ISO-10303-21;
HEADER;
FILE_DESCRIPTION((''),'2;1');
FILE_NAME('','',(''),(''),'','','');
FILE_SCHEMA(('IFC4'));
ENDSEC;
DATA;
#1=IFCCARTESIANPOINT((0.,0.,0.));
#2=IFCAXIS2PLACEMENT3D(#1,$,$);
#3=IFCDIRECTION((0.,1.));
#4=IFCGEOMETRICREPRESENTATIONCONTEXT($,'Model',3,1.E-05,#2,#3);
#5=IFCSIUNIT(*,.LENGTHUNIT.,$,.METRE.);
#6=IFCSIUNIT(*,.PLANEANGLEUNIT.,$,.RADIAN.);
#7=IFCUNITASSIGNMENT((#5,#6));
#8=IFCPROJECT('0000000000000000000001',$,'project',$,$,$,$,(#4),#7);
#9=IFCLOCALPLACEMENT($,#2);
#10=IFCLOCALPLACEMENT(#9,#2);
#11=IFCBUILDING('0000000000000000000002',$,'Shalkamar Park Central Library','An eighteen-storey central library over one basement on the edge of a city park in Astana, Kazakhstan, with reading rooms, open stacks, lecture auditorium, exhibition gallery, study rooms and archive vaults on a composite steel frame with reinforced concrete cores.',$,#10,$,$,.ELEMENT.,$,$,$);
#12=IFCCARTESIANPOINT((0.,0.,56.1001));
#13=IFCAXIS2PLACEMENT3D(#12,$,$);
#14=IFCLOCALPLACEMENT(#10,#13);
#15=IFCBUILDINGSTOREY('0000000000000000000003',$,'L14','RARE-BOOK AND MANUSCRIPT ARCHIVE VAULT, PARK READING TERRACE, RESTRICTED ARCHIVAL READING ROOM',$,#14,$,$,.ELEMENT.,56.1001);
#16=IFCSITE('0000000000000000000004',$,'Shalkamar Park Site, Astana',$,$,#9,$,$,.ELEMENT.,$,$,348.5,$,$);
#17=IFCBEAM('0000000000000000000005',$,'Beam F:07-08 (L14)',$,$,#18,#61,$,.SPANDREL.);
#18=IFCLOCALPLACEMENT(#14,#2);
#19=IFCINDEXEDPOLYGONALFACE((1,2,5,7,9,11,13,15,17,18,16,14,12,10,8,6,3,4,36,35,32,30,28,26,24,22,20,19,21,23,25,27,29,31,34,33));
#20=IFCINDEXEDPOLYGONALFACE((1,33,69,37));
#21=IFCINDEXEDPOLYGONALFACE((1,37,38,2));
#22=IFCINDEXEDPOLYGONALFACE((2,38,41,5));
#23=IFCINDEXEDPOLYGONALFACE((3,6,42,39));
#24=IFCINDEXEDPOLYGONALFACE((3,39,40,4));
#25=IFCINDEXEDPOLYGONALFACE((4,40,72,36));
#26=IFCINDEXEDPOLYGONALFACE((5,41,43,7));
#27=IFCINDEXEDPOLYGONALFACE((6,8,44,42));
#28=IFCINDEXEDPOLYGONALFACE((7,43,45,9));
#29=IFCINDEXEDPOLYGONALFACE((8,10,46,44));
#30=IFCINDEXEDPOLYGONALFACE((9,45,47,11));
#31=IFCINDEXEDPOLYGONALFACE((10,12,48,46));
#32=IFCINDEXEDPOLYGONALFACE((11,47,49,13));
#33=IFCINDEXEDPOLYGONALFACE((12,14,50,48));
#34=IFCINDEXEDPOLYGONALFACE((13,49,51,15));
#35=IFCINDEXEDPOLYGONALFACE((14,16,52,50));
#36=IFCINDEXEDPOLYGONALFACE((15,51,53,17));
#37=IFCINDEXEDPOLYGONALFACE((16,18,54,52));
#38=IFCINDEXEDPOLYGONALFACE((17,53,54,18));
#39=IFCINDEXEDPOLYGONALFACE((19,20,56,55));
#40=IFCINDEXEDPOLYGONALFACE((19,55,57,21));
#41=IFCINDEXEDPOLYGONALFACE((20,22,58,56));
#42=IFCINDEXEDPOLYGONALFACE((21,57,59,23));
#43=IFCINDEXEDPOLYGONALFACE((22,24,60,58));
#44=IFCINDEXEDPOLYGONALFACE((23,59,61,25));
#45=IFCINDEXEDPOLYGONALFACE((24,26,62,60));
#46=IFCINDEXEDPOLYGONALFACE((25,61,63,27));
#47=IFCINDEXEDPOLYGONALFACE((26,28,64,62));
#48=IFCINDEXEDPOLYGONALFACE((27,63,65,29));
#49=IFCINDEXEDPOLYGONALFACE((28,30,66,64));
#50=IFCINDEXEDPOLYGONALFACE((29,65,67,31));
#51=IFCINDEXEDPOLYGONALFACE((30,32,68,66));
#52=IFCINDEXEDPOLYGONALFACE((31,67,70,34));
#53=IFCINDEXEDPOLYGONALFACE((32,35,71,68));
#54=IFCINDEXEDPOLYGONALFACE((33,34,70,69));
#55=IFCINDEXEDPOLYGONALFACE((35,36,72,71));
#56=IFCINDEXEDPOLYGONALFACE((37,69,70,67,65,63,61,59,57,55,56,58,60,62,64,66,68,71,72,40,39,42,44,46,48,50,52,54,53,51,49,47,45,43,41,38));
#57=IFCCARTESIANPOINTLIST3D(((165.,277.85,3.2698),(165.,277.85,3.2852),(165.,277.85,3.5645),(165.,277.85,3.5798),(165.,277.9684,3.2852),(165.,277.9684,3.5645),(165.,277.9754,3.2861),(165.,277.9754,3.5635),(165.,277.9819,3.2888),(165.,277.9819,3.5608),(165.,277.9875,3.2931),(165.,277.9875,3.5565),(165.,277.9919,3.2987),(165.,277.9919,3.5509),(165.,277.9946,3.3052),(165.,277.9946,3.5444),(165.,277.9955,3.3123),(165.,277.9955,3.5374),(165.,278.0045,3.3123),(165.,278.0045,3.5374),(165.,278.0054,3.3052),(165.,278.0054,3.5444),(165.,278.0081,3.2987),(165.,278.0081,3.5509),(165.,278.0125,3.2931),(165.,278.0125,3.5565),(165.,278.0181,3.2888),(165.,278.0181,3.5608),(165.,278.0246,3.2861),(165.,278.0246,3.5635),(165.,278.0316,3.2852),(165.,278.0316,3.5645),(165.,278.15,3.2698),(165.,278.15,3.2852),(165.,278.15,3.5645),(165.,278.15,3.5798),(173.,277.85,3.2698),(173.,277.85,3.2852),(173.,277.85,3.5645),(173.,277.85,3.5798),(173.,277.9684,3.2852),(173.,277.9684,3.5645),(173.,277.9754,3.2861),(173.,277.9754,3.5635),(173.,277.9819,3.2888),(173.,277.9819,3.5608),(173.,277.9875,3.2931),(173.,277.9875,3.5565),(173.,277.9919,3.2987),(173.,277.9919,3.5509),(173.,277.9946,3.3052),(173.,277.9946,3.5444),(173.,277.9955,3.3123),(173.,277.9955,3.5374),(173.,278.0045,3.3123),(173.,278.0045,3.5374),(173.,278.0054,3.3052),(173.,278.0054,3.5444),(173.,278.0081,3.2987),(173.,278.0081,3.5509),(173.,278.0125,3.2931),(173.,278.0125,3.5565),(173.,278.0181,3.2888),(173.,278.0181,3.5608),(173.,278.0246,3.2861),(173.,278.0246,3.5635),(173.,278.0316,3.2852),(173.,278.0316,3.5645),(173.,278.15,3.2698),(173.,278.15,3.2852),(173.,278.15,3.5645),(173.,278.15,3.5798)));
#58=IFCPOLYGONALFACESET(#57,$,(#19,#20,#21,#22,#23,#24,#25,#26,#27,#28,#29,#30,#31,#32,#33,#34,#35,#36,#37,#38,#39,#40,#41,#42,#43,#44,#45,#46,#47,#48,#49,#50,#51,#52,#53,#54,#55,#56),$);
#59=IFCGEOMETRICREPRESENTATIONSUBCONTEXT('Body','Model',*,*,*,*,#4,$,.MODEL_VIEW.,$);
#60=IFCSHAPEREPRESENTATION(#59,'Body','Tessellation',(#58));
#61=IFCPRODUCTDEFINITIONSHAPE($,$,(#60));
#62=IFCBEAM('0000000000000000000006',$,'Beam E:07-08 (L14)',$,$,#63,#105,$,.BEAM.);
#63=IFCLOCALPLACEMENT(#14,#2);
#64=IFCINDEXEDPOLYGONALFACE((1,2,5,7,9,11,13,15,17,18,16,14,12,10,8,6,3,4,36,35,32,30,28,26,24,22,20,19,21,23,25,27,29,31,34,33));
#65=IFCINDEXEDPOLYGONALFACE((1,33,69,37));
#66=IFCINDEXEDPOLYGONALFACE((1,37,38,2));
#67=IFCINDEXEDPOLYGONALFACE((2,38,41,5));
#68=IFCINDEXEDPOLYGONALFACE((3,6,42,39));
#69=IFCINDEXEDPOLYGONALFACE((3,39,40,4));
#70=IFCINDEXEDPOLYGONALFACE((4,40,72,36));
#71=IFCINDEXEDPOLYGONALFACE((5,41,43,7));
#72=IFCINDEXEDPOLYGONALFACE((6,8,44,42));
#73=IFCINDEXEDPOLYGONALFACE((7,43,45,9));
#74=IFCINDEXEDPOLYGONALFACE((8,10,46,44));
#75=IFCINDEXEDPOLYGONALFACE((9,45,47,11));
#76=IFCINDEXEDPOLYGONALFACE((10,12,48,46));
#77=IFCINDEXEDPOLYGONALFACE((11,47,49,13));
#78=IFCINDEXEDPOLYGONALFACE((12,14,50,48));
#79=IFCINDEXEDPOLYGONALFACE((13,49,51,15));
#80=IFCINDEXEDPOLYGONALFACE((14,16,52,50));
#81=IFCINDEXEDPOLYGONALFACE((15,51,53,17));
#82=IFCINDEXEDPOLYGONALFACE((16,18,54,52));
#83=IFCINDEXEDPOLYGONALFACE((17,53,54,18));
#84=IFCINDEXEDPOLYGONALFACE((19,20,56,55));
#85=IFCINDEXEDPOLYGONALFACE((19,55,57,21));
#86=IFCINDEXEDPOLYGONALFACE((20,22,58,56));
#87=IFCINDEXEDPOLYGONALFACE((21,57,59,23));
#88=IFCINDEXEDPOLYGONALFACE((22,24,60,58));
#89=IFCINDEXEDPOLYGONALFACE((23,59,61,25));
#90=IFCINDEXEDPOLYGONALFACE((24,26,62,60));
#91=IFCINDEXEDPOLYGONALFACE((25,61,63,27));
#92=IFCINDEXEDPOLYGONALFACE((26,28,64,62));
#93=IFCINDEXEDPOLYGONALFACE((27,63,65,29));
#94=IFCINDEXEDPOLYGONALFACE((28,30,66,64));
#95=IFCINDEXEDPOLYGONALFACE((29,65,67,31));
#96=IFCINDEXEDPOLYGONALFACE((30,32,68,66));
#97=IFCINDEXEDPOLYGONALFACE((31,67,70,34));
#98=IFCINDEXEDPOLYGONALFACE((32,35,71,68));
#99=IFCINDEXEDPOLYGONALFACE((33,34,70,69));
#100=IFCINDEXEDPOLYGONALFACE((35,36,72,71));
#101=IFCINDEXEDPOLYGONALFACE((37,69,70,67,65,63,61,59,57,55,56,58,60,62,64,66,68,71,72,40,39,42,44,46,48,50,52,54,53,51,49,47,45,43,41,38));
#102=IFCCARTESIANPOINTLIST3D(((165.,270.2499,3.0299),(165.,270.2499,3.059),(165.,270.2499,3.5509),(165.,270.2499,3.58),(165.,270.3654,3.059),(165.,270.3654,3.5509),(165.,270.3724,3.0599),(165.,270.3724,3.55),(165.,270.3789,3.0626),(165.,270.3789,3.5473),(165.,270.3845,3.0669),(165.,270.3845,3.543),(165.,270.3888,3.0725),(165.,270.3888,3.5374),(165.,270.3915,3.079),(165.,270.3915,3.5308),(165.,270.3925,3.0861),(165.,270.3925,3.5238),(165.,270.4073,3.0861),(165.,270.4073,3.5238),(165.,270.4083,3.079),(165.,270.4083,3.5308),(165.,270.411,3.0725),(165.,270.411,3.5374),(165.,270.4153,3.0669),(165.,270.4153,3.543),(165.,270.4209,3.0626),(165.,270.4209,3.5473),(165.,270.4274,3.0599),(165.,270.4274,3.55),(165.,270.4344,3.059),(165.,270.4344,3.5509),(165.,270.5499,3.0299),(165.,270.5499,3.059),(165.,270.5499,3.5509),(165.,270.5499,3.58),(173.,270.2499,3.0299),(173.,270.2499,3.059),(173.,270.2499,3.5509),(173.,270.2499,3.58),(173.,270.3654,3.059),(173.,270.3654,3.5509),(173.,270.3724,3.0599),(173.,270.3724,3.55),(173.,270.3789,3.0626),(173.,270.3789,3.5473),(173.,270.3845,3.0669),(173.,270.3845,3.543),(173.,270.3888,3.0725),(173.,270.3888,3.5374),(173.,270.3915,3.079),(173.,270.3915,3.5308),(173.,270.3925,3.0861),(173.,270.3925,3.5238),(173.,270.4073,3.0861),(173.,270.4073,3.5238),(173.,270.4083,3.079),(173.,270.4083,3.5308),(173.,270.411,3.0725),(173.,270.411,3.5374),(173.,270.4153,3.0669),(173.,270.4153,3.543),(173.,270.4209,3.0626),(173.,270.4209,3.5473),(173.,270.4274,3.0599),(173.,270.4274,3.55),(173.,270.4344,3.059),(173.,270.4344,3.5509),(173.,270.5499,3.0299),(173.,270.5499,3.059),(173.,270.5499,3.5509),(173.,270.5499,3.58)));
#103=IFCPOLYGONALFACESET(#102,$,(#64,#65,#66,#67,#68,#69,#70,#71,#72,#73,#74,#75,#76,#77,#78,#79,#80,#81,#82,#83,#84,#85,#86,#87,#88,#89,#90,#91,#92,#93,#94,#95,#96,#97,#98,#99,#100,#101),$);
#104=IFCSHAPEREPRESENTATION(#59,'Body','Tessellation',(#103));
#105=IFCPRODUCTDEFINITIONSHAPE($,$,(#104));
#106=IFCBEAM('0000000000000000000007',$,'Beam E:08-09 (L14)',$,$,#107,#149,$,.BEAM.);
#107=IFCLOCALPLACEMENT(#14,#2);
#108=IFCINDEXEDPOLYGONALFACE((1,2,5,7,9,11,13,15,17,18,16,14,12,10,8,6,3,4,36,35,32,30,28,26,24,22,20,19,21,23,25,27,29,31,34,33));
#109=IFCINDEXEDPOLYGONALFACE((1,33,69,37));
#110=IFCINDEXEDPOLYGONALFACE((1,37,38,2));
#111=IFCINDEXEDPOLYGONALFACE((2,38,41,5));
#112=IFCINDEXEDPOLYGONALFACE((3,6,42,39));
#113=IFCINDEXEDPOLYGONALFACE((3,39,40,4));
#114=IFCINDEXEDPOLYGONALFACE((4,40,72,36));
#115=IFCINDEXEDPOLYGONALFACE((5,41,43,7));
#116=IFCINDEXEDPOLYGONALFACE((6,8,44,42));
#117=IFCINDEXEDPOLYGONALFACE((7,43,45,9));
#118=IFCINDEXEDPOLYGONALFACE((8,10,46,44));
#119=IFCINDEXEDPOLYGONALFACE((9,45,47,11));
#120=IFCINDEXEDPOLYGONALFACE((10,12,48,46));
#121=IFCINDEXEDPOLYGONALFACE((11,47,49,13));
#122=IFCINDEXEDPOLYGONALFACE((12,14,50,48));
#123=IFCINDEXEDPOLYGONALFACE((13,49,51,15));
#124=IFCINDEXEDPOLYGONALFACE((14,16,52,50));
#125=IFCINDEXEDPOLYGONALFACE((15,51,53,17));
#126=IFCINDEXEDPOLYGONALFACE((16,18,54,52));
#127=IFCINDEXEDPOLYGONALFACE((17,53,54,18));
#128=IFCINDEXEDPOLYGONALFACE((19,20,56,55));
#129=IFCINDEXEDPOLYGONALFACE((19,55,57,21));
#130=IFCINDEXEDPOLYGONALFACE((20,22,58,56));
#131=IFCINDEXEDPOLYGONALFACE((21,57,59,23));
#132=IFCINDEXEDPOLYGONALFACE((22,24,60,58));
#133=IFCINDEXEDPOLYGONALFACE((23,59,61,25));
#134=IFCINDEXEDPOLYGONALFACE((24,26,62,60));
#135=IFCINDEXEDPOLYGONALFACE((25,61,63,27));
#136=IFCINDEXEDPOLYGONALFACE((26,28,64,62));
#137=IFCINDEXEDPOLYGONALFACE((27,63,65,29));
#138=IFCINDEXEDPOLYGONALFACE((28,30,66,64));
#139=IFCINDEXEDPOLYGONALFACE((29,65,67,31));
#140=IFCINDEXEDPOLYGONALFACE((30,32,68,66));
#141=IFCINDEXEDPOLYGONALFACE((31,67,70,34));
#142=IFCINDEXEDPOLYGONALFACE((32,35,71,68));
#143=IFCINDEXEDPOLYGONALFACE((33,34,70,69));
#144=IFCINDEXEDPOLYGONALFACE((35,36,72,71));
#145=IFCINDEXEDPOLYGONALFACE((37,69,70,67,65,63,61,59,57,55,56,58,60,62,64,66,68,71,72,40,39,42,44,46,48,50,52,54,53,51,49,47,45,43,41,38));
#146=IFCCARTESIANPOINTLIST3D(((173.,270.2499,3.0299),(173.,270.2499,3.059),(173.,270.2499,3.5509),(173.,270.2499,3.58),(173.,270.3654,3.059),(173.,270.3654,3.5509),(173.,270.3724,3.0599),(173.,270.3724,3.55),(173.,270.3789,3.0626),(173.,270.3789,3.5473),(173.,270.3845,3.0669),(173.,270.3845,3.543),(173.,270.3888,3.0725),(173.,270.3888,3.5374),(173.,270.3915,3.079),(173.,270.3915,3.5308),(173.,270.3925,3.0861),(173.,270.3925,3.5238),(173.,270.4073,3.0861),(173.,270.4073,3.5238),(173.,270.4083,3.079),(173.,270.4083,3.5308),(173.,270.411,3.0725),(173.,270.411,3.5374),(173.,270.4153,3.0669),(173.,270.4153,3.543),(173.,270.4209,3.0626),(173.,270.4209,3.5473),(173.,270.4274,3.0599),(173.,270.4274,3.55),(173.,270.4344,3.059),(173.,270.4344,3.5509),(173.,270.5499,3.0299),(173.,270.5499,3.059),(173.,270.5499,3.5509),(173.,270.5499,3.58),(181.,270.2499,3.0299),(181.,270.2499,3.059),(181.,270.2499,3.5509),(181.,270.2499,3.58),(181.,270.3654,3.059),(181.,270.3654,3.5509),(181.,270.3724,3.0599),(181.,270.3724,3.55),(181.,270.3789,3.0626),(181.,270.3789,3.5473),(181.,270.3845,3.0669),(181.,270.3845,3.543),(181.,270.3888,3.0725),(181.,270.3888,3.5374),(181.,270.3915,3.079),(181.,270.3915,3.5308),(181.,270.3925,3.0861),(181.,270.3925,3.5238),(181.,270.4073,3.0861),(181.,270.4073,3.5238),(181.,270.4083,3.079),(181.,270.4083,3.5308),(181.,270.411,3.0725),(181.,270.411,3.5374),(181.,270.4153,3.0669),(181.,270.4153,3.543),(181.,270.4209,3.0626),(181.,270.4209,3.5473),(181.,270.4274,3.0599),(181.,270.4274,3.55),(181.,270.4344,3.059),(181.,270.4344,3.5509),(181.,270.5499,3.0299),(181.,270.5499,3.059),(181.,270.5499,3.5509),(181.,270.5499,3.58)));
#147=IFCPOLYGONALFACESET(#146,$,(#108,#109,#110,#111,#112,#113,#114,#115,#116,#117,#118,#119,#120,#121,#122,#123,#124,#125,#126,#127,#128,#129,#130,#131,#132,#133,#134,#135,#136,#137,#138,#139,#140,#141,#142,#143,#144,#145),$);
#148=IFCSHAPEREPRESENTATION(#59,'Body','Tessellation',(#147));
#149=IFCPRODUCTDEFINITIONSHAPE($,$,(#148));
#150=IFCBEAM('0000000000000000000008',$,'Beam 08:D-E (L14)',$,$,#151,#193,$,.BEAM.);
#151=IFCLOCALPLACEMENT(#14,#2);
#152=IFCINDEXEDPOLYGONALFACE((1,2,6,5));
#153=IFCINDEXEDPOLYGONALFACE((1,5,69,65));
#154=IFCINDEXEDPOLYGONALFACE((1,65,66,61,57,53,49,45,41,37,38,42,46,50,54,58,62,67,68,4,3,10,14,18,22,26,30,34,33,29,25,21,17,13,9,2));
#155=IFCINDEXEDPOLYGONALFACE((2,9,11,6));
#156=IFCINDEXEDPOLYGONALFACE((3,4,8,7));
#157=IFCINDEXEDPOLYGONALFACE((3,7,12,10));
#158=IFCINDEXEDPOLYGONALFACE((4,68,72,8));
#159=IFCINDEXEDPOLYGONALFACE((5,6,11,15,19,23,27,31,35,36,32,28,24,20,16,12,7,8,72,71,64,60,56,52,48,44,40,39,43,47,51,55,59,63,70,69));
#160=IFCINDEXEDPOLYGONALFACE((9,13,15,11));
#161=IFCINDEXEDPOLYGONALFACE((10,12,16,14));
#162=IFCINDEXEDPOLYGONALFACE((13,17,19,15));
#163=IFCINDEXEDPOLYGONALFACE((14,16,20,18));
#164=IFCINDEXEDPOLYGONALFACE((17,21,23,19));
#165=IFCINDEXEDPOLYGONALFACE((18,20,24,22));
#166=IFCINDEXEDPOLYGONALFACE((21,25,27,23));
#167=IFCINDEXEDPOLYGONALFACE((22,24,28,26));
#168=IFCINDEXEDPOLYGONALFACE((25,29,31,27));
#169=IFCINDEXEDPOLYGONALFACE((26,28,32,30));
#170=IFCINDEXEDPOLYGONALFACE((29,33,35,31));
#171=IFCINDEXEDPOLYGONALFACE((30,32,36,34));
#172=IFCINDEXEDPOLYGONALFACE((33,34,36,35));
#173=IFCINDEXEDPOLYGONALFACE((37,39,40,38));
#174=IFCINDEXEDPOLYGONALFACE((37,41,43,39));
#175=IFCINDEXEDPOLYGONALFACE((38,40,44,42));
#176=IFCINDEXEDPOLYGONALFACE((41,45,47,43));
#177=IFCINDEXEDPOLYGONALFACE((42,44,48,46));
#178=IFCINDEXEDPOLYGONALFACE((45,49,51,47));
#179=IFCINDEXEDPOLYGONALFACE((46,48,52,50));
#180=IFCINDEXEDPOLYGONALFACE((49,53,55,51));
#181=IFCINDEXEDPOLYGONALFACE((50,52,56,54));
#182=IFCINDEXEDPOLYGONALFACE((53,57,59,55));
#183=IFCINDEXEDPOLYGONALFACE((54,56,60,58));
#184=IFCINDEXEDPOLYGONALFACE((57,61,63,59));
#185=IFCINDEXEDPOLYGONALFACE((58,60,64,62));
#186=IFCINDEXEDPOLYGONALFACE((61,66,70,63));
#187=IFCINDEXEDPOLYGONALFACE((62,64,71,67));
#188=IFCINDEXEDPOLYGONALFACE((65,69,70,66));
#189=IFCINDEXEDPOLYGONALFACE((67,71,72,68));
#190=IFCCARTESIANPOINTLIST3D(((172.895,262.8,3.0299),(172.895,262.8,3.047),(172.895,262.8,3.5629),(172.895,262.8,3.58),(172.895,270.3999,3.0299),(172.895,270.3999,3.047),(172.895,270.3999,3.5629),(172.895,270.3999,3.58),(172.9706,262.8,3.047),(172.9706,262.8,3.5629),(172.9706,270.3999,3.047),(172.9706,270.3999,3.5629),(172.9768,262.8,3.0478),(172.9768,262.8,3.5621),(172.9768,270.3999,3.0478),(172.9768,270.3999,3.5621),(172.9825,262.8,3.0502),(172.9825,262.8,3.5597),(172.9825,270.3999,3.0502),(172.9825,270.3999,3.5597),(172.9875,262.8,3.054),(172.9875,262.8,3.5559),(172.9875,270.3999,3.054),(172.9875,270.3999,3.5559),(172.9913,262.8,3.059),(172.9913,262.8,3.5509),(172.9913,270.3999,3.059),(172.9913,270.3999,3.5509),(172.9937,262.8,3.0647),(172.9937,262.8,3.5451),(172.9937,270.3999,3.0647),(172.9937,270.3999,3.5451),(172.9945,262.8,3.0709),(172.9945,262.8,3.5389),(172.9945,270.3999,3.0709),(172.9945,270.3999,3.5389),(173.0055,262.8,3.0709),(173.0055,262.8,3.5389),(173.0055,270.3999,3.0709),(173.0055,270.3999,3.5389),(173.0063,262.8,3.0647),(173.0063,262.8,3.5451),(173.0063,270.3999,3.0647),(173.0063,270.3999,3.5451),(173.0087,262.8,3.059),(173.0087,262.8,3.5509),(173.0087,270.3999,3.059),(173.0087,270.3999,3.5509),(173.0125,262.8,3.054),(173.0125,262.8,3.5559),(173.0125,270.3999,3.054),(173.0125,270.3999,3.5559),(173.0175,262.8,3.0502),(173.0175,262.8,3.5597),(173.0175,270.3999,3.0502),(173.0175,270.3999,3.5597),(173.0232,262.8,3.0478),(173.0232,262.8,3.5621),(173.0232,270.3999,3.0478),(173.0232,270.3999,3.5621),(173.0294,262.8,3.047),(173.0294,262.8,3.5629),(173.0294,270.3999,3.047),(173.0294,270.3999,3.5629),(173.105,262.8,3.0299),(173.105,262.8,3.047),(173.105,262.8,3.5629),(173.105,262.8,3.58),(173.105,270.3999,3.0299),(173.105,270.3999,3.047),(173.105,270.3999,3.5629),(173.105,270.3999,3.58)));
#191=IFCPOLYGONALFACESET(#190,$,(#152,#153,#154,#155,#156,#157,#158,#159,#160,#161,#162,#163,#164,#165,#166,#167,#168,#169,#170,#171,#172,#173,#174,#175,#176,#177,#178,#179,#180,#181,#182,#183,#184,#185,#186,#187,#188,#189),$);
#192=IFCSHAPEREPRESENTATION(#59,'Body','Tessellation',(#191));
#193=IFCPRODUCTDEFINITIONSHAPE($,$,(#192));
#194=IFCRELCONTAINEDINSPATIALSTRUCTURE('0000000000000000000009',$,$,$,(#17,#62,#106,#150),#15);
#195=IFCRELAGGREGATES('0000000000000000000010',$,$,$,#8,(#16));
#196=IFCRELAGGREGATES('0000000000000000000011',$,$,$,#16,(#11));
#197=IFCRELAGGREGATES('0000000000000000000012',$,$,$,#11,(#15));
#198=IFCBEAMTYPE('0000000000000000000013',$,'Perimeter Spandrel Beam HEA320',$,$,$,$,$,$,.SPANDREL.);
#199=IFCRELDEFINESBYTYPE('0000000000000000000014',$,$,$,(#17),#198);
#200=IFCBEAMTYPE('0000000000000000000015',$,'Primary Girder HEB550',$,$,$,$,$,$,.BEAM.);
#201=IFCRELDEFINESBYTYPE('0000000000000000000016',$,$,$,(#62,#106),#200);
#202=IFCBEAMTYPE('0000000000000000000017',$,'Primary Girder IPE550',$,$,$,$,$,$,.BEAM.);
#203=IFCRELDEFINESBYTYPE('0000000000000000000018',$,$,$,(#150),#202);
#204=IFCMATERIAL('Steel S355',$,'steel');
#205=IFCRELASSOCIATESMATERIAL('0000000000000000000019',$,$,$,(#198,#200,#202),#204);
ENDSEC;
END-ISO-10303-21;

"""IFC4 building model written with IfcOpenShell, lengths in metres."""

from ifc_helpers import new_model, si_unit, direction, frame, origin, origin_2d, place, context, subcontext, project, spatial, i_section, extrude, material, material_profile, profile_set, type_object, element, save


model = new_model("IFC4")

# Units and contexts
model_context = context("Model", 3, precision=1e-05, world=origin(), true_north=direction((0.0, 1.0)))
body_context = subcontext(model_context, "Body", "Model", "MODEL_VIEW")
ifc_project = project(units=[si_unit("LENGTHUNIT", "METRE"), si_unit("PLANEANGLEUNIT", "RADIAN")], contexts=[model_context])

# Site, building, storey
site_placement = place(None, origin())
site = spatial("IfcSite", under=ifc_project, at=site_placement, Name="Shalkamar Park Site, Astana", CompositionType="ELEMENT", RefElevation=348.5)
building_placement = place(site_placement, origin())
building = spatial("IfcBuilding", under=site, at=building_placement, Name="Shalkamar Park Central Library", Description="An eighteen-storey central library over one basement on the edge of a city park in Astana, Kazakhstan, with reading rooms, open stacks, lecture auditorium, exhibition gallery, study rooms and archive vaults on a composite steel frame with reinforced concrete cores.", CompositionType="ELEMENT")
storey_placement = place(building_placement, frame((0.0, 0.0, 56.1001)))
storey = spatial("IfcBuildingStorey", under=building, at=storey_placement, Name="L14", Description="RARE-BOOK AND MANUSCRIPT ARCHIVE VAULT, PARK READING TERRACE, RESTRICTED ARCHIVAL READING ROOM", CompositionType="ELEMENT", Elevation=56.1001)

# Shared definitions
ifc_material_1 = material(Name="Steel S355", Category="steel")

# Beams
ifc_material_profile_1 = material_profile(ifc_material_1, i_section(OverallWidth=0.3, OverallDepth=0.3101, WebThickness=0.009, FlangeThickness=0.0154, FilletRadius=0.0271, at=origin_2d()), Name="HEA 320")
ifc_profile_set_1 = profile_set([ifc_material_profile_1], Name="Steel S355")
beam_type_1 = type_object("IfcBeamType", Name="Perimeter Spandrel Beam HEA320", PredefinedType="SPANDREL", material=ifc_profile_set_1)
beam_1_placement = place(storey_placement, frame((165.0, 278.0, 3.4248), z_axis=(1.0, 0.0, 0.0), x_axis=(0.0, 1.0, 0.0)))
element("IfcBeam", 1, at=beam_1_placement, inside=storey, type_object=beam_type_1, Name="Beam F:07-08 (L14)", PredefinedType="SPANDREL", context=body_context, shape_type="SweptSolid", body=[
    extrude(i_section(OverallWidth=0.3, OverallDepth=0.3101, WebThickness=0.009, FlangeThickness=0.0154, FilletRadius=0.0271, at=origin_2d()), origin(), (0.0, 0.0, 1.0), 8.0),
])
ifc_material_profile_2 = material_profile(ifc_material_1, i_section(OverallWidth=0.3, OverallDepth=0.55, WebThickness=0.0149, FlangeThickness=0.0291, FilletRadius=0.0271, at=origin_2d()), Name="HEB 550")
ifc_profile_set_2 = profile_set([ifc_material_profile_2], Name="Steel S355")
beam_type_2 = type_object("IfcBeamType", Name="Primary Girder HEB550", PredefinedType="BEAM", material=ifc_profile_set_2)
for number, where, z_axis, x_axis, name in (
    (2, (165.0, 270.3999, 3.3049), (1.0, 0.0, 0.0), (0.0, 1.0, 0.0), "Beam E:07-08 (L14)"),
    (3, (173.0, 270.3999, 3.3049), (1.0, 0.0, 0.0), (0.0, 1.0, 0.0), "Beam E:08-09 (L14)"),
):
    element("IfcBeam", number, at=place(storey_placement, frame(where, z_axis=z_axis, x_axis=x_axis)), inside=storey, type_object=beam_type_2, Name=name, PredefinedType="BEAM", context=body_context, shape_type="SweptSolid", body=[
        extrude(i_section(OverallWidth=0.3, OverallDepth=0.55, WebThickness=0.0149, FlangeThickness=0.0291, FilletRadius=0.0271, at=origin_2d()), origin(), (0.0, 0.0, 1.0), 8.0),
    ])
ifc_material_profile_3 = material_profile(ifc_material_1, i_section(OverallWidth=0.21, OverallDepth=0.55, WebThickness=0.011, FlangeThickness=0.0171, FilletRadius=0.0239, at=origin_2d()), Name="IPE 550")
ifc_profile_set_3 = profile_set([ifc_material_profile_3], Name="Steel S355")
beam_type_3 = type_object("IfcBeamType", Name="Primary Girder IPE550", PredefinedType="BEAM", material=ifc_profile_set_3)
beam_2_placement = place(storey_placement, frame((173.0, 262.8, 3.3049), z_axis=(0.0, 1.0, 0.0), x_axis=(-1.0, 0.0, 0.0)))
element("IfcBeam", 4, at=beam_2_placement, inside=storey, type_object=beam_type_3, Name="Beam 08:D-E (L14)", PredefinedType="BEAM", context=body_context, shape_type="SweptSolid", body=[
    extrude(i_section(OverallWidth=0.21, OverallDepth=0.55, WebThickness=0.011, FlangeThickness=0.0171, FilletRadius=0.0239, at=origin_2d()), origin(), (0.0, 0.0, 1.0), 7.5999),
])

save(model, "model.ifc")
